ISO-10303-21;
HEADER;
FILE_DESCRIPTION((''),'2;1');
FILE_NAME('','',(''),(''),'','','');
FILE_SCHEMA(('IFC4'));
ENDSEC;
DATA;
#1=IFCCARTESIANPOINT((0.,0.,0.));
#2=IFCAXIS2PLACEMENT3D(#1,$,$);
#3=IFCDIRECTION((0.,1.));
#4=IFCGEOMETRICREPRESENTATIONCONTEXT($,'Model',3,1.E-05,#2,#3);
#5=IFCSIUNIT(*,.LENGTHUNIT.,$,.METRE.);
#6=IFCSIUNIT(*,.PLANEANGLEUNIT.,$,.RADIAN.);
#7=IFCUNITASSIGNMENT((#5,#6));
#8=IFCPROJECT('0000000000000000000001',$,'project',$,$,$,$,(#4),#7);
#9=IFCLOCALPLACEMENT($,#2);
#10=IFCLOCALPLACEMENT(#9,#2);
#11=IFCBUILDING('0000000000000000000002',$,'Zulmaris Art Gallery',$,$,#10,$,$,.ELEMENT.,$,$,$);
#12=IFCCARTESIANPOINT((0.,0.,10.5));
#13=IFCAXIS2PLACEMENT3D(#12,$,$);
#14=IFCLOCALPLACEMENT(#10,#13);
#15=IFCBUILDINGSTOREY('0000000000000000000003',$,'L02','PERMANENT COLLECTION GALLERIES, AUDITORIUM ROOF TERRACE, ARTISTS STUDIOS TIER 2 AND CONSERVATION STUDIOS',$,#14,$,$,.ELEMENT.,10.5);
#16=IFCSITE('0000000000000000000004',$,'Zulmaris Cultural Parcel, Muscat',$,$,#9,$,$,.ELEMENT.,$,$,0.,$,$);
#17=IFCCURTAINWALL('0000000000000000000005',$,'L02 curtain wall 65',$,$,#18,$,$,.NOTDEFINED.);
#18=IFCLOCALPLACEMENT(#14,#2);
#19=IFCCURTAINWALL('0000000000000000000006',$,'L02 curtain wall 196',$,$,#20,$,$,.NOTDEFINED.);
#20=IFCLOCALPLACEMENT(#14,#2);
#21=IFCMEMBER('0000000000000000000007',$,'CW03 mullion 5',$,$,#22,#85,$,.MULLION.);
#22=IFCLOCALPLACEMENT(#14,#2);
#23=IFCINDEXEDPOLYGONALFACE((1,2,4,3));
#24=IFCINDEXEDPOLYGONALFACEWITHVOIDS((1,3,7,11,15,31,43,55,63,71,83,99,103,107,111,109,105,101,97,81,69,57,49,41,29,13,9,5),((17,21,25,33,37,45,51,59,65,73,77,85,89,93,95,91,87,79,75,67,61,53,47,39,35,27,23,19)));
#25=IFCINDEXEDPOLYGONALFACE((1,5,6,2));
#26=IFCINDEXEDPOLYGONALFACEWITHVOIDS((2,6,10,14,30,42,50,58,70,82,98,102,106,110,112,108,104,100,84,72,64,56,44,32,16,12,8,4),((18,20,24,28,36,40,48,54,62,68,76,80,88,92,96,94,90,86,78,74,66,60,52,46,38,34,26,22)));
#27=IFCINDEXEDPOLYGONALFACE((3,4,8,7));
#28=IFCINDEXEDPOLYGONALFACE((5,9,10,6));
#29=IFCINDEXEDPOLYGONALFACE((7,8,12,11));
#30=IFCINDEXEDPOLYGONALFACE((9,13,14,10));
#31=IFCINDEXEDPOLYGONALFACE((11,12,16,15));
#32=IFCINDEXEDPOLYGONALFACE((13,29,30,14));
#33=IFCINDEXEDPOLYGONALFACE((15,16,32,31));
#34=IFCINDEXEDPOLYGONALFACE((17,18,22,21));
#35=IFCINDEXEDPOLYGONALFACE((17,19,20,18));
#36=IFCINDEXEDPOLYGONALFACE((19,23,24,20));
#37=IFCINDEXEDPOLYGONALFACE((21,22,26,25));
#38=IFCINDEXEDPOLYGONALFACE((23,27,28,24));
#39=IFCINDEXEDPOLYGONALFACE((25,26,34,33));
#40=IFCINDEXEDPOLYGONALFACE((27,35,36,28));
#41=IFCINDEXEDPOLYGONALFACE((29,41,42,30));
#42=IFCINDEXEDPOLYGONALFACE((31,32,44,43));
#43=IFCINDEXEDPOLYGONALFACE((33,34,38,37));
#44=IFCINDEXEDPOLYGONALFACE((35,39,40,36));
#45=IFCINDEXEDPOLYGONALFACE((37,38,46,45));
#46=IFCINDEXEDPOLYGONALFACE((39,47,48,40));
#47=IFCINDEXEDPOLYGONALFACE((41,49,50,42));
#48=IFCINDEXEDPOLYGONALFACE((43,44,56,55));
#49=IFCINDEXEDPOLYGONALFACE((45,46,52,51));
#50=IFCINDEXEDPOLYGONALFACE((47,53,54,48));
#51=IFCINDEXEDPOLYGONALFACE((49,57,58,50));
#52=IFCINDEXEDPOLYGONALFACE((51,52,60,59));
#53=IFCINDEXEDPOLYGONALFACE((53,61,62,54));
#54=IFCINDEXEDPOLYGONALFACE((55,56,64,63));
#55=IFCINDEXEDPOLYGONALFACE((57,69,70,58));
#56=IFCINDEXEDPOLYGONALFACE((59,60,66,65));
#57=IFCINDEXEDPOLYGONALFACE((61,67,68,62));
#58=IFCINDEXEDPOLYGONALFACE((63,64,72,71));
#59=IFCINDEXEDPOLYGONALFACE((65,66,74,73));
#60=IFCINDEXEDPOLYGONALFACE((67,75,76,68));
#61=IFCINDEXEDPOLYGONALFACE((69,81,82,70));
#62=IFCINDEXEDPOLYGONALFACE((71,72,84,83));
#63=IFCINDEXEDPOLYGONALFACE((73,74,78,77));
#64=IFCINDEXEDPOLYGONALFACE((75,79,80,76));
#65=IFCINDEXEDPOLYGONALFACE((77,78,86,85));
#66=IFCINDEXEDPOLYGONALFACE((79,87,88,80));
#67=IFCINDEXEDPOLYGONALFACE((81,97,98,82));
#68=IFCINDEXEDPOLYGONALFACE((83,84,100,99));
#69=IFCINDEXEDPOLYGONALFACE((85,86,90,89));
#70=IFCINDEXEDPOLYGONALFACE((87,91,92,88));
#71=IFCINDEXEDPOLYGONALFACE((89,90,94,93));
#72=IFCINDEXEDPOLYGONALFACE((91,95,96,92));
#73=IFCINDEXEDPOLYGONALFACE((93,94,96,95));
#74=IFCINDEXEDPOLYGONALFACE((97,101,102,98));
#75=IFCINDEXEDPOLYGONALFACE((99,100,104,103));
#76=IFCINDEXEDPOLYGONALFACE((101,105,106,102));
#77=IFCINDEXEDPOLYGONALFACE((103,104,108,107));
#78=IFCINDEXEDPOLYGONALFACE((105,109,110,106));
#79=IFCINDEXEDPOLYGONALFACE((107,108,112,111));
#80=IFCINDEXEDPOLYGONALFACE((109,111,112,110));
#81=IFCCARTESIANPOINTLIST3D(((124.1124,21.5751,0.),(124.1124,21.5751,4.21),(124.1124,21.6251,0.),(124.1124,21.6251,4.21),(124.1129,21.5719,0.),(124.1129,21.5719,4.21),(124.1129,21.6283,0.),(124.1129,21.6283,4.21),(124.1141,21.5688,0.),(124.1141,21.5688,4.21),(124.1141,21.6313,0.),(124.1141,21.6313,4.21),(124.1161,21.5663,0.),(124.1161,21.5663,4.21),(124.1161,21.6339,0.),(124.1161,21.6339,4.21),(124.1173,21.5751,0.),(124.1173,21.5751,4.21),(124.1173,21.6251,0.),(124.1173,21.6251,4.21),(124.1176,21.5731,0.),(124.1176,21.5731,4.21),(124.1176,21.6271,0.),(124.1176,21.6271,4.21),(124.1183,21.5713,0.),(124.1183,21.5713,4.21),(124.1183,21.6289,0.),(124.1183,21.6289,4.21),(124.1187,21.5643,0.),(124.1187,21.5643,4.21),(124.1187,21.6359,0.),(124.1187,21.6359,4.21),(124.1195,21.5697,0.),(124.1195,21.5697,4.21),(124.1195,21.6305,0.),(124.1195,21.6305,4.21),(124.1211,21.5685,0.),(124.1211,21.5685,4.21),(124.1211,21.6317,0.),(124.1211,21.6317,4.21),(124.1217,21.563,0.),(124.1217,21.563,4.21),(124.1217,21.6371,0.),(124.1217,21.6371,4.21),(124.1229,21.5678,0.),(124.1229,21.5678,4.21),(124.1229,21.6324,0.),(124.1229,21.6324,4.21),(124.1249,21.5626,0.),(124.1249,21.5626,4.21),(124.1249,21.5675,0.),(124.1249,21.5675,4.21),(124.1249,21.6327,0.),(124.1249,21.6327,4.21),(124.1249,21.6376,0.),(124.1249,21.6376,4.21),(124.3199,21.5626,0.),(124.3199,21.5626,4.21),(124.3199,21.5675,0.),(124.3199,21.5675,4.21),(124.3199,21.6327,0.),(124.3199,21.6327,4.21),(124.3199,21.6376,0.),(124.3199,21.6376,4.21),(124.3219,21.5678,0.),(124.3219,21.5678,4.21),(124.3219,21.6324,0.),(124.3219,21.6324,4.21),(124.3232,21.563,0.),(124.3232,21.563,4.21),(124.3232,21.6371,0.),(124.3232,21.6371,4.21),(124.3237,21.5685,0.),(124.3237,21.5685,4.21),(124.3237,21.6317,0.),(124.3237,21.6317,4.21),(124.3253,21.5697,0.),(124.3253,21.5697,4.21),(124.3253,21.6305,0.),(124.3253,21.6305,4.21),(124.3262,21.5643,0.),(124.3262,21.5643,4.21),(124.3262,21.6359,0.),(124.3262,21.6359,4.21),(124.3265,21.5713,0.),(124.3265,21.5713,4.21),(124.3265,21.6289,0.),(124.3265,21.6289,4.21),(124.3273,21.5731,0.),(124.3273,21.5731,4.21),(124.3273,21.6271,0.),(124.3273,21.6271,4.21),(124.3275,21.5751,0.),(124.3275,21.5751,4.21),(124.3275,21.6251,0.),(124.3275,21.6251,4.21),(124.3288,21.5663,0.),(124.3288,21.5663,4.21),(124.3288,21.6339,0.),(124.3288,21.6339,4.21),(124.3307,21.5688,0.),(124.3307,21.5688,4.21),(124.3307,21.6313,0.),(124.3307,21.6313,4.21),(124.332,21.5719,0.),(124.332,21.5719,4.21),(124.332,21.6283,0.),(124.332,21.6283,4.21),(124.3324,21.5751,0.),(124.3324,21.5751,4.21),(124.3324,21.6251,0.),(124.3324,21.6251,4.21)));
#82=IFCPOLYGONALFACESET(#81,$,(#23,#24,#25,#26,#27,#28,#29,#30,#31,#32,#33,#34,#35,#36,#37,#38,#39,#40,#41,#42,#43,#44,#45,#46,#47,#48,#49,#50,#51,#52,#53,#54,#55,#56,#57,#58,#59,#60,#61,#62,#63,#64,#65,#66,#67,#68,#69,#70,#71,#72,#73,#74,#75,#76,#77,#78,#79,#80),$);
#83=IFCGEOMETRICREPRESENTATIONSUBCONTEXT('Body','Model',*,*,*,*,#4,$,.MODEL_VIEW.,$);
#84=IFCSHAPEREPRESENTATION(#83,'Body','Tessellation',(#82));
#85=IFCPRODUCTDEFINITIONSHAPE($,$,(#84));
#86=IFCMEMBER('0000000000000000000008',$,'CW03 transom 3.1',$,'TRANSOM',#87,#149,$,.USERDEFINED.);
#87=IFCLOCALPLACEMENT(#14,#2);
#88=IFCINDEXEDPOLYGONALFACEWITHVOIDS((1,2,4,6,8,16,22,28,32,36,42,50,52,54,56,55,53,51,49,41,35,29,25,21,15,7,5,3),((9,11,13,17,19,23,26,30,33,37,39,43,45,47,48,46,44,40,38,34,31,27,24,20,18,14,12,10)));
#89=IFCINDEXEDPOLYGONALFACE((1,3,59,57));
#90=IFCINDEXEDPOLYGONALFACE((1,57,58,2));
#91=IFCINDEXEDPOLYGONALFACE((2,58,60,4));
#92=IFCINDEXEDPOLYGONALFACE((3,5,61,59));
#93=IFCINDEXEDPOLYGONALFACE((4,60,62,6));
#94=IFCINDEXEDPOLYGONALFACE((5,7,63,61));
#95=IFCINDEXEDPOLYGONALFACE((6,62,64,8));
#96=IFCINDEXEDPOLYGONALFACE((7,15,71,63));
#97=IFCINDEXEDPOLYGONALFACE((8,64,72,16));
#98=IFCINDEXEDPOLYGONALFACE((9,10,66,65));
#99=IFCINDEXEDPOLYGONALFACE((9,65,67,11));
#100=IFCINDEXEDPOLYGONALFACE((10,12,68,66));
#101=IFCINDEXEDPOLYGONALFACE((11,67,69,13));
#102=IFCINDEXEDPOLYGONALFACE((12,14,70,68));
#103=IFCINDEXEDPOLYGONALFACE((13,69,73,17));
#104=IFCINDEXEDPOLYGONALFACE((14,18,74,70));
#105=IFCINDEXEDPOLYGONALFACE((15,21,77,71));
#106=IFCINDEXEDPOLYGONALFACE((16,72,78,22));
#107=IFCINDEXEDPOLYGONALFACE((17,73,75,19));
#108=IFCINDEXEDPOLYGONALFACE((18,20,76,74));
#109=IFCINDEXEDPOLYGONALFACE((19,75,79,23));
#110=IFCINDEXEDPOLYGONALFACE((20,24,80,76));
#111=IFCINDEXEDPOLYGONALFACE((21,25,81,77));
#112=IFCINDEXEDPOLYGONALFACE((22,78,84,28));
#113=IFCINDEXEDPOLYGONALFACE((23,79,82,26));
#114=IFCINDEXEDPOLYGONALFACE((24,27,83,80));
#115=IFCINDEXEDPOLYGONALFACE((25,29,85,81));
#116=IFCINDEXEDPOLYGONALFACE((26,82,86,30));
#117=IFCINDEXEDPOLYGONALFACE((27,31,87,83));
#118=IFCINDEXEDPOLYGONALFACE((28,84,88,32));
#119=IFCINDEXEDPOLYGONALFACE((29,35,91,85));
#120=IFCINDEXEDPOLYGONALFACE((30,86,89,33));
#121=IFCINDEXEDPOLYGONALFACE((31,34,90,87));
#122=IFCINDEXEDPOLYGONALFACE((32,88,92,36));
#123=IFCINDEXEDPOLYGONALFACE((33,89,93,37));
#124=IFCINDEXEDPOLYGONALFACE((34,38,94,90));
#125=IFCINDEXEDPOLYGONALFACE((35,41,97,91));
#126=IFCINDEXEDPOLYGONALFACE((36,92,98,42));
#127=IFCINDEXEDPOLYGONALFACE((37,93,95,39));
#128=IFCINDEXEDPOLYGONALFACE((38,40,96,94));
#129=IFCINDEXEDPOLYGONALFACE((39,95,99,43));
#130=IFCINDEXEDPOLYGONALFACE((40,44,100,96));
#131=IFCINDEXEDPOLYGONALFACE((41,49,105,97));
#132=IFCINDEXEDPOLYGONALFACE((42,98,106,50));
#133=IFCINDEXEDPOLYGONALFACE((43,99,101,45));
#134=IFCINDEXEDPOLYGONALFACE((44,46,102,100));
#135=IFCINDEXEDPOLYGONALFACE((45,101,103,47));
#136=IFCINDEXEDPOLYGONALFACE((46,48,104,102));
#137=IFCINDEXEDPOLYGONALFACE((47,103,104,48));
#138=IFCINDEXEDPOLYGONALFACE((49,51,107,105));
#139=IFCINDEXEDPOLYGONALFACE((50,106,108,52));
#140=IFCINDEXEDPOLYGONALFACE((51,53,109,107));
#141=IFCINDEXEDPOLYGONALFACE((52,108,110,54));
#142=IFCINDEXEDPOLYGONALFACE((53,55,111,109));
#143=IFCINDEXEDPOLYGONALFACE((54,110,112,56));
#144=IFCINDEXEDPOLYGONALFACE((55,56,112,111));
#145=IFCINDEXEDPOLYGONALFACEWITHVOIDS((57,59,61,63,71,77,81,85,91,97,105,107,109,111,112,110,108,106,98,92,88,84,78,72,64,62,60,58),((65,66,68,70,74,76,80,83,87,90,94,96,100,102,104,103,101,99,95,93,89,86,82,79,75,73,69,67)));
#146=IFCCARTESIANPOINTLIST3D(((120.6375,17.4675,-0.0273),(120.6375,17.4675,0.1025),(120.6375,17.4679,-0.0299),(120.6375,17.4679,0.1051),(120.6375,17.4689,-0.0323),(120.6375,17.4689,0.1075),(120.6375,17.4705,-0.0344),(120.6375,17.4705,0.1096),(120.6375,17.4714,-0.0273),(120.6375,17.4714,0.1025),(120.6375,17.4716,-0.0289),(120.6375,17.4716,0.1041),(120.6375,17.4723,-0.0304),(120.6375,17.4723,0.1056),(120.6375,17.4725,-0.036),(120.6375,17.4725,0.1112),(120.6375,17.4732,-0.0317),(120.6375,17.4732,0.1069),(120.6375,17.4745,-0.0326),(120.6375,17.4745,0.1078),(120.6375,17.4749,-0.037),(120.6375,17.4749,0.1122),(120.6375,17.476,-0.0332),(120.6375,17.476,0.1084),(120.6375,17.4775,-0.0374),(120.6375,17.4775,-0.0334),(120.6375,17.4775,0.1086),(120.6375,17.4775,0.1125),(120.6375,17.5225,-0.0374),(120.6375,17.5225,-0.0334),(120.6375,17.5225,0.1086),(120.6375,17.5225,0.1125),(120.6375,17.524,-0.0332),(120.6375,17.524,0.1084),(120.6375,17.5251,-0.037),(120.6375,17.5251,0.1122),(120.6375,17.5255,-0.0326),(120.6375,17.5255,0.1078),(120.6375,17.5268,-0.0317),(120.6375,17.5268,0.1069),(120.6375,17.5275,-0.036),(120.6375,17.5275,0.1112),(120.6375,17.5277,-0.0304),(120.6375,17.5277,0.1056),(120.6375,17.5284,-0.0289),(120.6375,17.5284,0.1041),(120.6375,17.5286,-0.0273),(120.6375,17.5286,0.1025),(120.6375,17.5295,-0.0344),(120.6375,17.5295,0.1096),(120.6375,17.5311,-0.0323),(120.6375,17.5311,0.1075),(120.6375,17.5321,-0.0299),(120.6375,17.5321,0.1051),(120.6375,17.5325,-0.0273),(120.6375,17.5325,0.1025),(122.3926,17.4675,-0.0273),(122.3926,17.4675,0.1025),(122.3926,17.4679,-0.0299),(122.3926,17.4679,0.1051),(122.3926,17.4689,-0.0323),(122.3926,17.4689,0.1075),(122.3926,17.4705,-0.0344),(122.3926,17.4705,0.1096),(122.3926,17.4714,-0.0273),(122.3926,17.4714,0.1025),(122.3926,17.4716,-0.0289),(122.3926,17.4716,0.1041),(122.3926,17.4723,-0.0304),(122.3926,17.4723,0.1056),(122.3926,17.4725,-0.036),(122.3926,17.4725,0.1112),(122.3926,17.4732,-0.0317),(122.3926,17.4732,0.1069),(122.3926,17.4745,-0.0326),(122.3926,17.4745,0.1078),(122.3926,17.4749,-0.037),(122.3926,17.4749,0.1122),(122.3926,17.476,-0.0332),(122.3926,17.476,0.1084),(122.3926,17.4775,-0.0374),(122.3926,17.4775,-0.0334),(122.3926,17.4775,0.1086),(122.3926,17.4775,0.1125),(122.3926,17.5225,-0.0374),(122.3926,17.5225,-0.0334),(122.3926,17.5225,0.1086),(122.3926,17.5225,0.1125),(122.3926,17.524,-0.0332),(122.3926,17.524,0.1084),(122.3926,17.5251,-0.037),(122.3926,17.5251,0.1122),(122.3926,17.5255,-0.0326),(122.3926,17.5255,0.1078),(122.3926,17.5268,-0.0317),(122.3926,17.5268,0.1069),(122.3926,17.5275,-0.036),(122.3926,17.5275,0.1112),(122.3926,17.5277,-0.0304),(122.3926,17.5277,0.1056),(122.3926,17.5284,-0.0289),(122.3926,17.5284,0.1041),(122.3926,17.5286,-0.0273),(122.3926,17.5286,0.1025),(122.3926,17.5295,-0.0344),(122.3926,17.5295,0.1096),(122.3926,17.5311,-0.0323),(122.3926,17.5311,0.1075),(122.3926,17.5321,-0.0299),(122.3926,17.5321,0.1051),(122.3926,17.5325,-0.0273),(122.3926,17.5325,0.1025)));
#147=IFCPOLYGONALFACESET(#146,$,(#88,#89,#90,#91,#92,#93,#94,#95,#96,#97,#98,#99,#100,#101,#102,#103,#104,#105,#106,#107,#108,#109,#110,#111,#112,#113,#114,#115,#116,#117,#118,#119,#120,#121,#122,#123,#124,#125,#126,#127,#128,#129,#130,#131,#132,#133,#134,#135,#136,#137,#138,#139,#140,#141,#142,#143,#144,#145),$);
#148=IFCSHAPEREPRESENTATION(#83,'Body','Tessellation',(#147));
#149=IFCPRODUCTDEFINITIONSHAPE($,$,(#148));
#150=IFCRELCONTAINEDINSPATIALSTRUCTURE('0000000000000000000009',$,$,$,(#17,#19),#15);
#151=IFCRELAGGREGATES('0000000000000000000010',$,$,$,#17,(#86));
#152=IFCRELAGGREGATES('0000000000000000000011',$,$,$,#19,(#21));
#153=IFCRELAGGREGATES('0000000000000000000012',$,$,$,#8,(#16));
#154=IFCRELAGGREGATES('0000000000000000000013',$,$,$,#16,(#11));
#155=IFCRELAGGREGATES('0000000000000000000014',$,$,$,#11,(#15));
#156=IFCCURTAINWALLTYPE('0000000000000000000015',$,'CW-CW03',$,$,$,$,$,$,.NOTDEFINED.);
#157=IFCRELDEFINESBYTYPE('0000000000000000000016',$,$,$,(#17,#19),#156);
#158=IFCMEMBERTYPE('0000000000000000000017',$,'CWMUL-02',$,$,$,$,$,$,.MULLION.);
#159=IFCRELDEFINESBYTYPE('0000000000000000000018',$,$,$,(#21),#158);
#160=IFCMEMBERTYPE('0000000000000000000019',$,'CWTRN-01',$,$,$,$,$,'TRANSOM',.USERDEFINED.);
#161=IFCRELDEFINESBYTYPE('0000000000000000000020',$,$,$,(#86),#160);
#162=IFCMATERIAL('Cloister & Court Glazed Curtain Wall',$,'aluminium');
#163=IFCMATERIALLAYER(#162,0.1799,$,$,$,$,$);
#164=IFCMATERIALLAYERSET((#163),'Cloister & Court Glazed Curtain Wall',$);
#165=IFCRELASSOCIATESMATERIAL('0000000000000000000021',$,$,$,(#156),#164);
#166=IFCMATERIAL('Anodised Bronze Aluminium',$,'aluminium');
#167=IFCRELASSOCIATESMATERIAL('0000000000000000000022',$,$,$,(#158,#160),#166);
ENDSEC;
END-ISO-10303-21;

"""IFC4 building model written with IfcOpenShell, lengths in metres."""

from ifc_helpers import new_model, si_unit, direction, frame, origin, origin_2d, place, context, subcontext, project, spatial, hollow_rectangle, extrude, material, layer, layer_set, material_profile, profile_set, type_object, element, aggregate, save


model = new_model("IFC4")

# Units and contexts
model_context = context("Model", 3, precision=1e-05, world=origin(), true_north=direction((0.0, 1.0)))
body_context = subcontext(model_context, "Body", "Model", "MODEL_VIEW")
ifc_project = project(units=[si_unit("LENGTHUNIT", "METRE"), si_unit("PLANEANGLEUNIT", "RADIAN")], contexts=[model_context])

# Site, building, storey
site_placement = place(None, origin())
site = spatial("IfcSite", under=ifc_project, at=site_placement, Name="Zulmaris Cultural Parcel, Muscat", CompositionType="ELEMENT", RefElevation=0.0)
building_placement = place(site_placement, origin())
building = spatial("IfcBuilding", under=site, at=building_placement, Name="Zulmaris Art Gallery", CompositionType="ELEMENT")
storey_placement = place(building_placement, frame((0.0, 0.0, 10.5)))
storey = spatial("IfcBuildingStorey", under=building, at=storey_placement, Name="L02", Description="PERMANENT COLLECTION GALLERIES, AUDITORIUM ROOF TERRACE, ARTISTS STUDIOS TIER 2 AND CONSERVATION STUDIOS", CompositionType="ELEMENT", Elevation=10.5)

# Curtain walls, member
ifc_material_1 = material(Name="Cloister & Court Glazed Curtain Wall", Category="aluminium")
ifc_layer_1 = layer(ifc_material_1, 0.1799)
ifc_layer_set_1 = layer_set([ifc_layer_1], Name="Cloister & Court Glazed Curtain Wall")
curtain_wall_type = type_object("IfcCurtainWallType", Name="CW-CW03", PredefinedType="NOTDEFINED", material=ifc_layer_set_1)
curtain_wall_1_placement = place(storey_placement, origin())
curtain_wall_1 = element("IfcCurtainWall", 1, at=curtain_wall_1_placement, inside=storey, type_object=curtain_wall_type, Name="L02 curtain wall 65", PredefinedType="NOTDEFINED")
ifc_material_2 = material(Name="Anodised Bronze Aluminium", Category="aluminium")
ifc_material_profile_1 = material_profile(ifc_material_2, hollow_rectangle(XDim=0.075, YDim=0.22, WallThickness=0.0049, InnerFilletRadius=0.0076, OuterFilletRadius=0.0125, at=origin_2d()), Name="ALU 75x220x5")
ifc_profile_set_1 = profile_set([ifc_material_profile_1], Name="Anodised Bronze Aluminium")
member_type_1 = type_object("IfcMemberType", Name="CWMUL-02", PredefinedType="MULLION", material=ifc_profile_set_1)
curtain_wall_2_placement = place(storey_placement, origin())
curtain_wall_2 = element("IfcCurtainWall", 2, at=curtain_wall_2_placement, inside=storey, type_object=curtain_wall_type, Name="L02 curtain wall 196", PredefinedType="NOTDEFINED")
member_1_placement = place(storey_placement, frame((124.2224, 21.6001, 0.0), z_axis=(0.0, 0.0, 1.0), x_axis=(0.0, 1.0, 0.0)))
member_1 = element("IfcMember", 3, at=member_1_placement, type_object=member_type_1, Name="CW03 mullion 5", PredefinedType="MULLION", context=body_context, shape_type="SweptSolid", body=[
    extrude(hollow_rectangle(XDim=0.075, YDim=0.22, WallThickness=0.0049, InnerFilletRadius=0.0076, OuterFilletRadius=0.0125, at=origin_2d()), origin(), (0.0, 0.0, 1.0), 4.21),
])

# Member
ifc_material_profile_2 = material_profile(ifc_material_2, hollow_rectangle(XDim=0.0649, YDim=0.1499, WallThickness=0.0039, InnerFilletRadius=0.0061, OuterFilletRadius=0.01, at=origin_2d()), Name="ALU 65x150x4")
ifc_profile_set_2 = profile_set([ifc_material_profile_2], Name="Anodised Bronze Aluminium")
member_type_2 = type_object("IfcMemberType", Name="CWTRN-01", ElementType="TRANSOM", PredefinedType="USERDEFINED", material=ifc_profile_set_2)
member_2_placement = place(storey_placement, frame((120.6375, 17.5, 0.0376), z_axis=(1.0, 0.0, 0.0), x_axis=(0.0, 1.0, 0.0)))
member_2 = element("IfcMember", 4, at=member_2_placement, type_object=member_type_2, Name="CW03 transom 3.1", ObjectType="TRANSOM", PredefinedType="USERDEFINED", context=body_context, shape_type="SweptSolid", body=[
    extrude(hollow_rectangle(XDim=0.0649, YDim=0.1499, WallThickness=0.0039, InnerFilletRadius=0.0061, OuterFilletRadius=0.01, at=origin_2d()), origin(), (0.0, 0.0, 1.0), 1.7551),
])

aggregate(curtain_wall_1, [member_2])
aggregate(curtain_wall_2, [member_1])

save(model, "model.ifc")
